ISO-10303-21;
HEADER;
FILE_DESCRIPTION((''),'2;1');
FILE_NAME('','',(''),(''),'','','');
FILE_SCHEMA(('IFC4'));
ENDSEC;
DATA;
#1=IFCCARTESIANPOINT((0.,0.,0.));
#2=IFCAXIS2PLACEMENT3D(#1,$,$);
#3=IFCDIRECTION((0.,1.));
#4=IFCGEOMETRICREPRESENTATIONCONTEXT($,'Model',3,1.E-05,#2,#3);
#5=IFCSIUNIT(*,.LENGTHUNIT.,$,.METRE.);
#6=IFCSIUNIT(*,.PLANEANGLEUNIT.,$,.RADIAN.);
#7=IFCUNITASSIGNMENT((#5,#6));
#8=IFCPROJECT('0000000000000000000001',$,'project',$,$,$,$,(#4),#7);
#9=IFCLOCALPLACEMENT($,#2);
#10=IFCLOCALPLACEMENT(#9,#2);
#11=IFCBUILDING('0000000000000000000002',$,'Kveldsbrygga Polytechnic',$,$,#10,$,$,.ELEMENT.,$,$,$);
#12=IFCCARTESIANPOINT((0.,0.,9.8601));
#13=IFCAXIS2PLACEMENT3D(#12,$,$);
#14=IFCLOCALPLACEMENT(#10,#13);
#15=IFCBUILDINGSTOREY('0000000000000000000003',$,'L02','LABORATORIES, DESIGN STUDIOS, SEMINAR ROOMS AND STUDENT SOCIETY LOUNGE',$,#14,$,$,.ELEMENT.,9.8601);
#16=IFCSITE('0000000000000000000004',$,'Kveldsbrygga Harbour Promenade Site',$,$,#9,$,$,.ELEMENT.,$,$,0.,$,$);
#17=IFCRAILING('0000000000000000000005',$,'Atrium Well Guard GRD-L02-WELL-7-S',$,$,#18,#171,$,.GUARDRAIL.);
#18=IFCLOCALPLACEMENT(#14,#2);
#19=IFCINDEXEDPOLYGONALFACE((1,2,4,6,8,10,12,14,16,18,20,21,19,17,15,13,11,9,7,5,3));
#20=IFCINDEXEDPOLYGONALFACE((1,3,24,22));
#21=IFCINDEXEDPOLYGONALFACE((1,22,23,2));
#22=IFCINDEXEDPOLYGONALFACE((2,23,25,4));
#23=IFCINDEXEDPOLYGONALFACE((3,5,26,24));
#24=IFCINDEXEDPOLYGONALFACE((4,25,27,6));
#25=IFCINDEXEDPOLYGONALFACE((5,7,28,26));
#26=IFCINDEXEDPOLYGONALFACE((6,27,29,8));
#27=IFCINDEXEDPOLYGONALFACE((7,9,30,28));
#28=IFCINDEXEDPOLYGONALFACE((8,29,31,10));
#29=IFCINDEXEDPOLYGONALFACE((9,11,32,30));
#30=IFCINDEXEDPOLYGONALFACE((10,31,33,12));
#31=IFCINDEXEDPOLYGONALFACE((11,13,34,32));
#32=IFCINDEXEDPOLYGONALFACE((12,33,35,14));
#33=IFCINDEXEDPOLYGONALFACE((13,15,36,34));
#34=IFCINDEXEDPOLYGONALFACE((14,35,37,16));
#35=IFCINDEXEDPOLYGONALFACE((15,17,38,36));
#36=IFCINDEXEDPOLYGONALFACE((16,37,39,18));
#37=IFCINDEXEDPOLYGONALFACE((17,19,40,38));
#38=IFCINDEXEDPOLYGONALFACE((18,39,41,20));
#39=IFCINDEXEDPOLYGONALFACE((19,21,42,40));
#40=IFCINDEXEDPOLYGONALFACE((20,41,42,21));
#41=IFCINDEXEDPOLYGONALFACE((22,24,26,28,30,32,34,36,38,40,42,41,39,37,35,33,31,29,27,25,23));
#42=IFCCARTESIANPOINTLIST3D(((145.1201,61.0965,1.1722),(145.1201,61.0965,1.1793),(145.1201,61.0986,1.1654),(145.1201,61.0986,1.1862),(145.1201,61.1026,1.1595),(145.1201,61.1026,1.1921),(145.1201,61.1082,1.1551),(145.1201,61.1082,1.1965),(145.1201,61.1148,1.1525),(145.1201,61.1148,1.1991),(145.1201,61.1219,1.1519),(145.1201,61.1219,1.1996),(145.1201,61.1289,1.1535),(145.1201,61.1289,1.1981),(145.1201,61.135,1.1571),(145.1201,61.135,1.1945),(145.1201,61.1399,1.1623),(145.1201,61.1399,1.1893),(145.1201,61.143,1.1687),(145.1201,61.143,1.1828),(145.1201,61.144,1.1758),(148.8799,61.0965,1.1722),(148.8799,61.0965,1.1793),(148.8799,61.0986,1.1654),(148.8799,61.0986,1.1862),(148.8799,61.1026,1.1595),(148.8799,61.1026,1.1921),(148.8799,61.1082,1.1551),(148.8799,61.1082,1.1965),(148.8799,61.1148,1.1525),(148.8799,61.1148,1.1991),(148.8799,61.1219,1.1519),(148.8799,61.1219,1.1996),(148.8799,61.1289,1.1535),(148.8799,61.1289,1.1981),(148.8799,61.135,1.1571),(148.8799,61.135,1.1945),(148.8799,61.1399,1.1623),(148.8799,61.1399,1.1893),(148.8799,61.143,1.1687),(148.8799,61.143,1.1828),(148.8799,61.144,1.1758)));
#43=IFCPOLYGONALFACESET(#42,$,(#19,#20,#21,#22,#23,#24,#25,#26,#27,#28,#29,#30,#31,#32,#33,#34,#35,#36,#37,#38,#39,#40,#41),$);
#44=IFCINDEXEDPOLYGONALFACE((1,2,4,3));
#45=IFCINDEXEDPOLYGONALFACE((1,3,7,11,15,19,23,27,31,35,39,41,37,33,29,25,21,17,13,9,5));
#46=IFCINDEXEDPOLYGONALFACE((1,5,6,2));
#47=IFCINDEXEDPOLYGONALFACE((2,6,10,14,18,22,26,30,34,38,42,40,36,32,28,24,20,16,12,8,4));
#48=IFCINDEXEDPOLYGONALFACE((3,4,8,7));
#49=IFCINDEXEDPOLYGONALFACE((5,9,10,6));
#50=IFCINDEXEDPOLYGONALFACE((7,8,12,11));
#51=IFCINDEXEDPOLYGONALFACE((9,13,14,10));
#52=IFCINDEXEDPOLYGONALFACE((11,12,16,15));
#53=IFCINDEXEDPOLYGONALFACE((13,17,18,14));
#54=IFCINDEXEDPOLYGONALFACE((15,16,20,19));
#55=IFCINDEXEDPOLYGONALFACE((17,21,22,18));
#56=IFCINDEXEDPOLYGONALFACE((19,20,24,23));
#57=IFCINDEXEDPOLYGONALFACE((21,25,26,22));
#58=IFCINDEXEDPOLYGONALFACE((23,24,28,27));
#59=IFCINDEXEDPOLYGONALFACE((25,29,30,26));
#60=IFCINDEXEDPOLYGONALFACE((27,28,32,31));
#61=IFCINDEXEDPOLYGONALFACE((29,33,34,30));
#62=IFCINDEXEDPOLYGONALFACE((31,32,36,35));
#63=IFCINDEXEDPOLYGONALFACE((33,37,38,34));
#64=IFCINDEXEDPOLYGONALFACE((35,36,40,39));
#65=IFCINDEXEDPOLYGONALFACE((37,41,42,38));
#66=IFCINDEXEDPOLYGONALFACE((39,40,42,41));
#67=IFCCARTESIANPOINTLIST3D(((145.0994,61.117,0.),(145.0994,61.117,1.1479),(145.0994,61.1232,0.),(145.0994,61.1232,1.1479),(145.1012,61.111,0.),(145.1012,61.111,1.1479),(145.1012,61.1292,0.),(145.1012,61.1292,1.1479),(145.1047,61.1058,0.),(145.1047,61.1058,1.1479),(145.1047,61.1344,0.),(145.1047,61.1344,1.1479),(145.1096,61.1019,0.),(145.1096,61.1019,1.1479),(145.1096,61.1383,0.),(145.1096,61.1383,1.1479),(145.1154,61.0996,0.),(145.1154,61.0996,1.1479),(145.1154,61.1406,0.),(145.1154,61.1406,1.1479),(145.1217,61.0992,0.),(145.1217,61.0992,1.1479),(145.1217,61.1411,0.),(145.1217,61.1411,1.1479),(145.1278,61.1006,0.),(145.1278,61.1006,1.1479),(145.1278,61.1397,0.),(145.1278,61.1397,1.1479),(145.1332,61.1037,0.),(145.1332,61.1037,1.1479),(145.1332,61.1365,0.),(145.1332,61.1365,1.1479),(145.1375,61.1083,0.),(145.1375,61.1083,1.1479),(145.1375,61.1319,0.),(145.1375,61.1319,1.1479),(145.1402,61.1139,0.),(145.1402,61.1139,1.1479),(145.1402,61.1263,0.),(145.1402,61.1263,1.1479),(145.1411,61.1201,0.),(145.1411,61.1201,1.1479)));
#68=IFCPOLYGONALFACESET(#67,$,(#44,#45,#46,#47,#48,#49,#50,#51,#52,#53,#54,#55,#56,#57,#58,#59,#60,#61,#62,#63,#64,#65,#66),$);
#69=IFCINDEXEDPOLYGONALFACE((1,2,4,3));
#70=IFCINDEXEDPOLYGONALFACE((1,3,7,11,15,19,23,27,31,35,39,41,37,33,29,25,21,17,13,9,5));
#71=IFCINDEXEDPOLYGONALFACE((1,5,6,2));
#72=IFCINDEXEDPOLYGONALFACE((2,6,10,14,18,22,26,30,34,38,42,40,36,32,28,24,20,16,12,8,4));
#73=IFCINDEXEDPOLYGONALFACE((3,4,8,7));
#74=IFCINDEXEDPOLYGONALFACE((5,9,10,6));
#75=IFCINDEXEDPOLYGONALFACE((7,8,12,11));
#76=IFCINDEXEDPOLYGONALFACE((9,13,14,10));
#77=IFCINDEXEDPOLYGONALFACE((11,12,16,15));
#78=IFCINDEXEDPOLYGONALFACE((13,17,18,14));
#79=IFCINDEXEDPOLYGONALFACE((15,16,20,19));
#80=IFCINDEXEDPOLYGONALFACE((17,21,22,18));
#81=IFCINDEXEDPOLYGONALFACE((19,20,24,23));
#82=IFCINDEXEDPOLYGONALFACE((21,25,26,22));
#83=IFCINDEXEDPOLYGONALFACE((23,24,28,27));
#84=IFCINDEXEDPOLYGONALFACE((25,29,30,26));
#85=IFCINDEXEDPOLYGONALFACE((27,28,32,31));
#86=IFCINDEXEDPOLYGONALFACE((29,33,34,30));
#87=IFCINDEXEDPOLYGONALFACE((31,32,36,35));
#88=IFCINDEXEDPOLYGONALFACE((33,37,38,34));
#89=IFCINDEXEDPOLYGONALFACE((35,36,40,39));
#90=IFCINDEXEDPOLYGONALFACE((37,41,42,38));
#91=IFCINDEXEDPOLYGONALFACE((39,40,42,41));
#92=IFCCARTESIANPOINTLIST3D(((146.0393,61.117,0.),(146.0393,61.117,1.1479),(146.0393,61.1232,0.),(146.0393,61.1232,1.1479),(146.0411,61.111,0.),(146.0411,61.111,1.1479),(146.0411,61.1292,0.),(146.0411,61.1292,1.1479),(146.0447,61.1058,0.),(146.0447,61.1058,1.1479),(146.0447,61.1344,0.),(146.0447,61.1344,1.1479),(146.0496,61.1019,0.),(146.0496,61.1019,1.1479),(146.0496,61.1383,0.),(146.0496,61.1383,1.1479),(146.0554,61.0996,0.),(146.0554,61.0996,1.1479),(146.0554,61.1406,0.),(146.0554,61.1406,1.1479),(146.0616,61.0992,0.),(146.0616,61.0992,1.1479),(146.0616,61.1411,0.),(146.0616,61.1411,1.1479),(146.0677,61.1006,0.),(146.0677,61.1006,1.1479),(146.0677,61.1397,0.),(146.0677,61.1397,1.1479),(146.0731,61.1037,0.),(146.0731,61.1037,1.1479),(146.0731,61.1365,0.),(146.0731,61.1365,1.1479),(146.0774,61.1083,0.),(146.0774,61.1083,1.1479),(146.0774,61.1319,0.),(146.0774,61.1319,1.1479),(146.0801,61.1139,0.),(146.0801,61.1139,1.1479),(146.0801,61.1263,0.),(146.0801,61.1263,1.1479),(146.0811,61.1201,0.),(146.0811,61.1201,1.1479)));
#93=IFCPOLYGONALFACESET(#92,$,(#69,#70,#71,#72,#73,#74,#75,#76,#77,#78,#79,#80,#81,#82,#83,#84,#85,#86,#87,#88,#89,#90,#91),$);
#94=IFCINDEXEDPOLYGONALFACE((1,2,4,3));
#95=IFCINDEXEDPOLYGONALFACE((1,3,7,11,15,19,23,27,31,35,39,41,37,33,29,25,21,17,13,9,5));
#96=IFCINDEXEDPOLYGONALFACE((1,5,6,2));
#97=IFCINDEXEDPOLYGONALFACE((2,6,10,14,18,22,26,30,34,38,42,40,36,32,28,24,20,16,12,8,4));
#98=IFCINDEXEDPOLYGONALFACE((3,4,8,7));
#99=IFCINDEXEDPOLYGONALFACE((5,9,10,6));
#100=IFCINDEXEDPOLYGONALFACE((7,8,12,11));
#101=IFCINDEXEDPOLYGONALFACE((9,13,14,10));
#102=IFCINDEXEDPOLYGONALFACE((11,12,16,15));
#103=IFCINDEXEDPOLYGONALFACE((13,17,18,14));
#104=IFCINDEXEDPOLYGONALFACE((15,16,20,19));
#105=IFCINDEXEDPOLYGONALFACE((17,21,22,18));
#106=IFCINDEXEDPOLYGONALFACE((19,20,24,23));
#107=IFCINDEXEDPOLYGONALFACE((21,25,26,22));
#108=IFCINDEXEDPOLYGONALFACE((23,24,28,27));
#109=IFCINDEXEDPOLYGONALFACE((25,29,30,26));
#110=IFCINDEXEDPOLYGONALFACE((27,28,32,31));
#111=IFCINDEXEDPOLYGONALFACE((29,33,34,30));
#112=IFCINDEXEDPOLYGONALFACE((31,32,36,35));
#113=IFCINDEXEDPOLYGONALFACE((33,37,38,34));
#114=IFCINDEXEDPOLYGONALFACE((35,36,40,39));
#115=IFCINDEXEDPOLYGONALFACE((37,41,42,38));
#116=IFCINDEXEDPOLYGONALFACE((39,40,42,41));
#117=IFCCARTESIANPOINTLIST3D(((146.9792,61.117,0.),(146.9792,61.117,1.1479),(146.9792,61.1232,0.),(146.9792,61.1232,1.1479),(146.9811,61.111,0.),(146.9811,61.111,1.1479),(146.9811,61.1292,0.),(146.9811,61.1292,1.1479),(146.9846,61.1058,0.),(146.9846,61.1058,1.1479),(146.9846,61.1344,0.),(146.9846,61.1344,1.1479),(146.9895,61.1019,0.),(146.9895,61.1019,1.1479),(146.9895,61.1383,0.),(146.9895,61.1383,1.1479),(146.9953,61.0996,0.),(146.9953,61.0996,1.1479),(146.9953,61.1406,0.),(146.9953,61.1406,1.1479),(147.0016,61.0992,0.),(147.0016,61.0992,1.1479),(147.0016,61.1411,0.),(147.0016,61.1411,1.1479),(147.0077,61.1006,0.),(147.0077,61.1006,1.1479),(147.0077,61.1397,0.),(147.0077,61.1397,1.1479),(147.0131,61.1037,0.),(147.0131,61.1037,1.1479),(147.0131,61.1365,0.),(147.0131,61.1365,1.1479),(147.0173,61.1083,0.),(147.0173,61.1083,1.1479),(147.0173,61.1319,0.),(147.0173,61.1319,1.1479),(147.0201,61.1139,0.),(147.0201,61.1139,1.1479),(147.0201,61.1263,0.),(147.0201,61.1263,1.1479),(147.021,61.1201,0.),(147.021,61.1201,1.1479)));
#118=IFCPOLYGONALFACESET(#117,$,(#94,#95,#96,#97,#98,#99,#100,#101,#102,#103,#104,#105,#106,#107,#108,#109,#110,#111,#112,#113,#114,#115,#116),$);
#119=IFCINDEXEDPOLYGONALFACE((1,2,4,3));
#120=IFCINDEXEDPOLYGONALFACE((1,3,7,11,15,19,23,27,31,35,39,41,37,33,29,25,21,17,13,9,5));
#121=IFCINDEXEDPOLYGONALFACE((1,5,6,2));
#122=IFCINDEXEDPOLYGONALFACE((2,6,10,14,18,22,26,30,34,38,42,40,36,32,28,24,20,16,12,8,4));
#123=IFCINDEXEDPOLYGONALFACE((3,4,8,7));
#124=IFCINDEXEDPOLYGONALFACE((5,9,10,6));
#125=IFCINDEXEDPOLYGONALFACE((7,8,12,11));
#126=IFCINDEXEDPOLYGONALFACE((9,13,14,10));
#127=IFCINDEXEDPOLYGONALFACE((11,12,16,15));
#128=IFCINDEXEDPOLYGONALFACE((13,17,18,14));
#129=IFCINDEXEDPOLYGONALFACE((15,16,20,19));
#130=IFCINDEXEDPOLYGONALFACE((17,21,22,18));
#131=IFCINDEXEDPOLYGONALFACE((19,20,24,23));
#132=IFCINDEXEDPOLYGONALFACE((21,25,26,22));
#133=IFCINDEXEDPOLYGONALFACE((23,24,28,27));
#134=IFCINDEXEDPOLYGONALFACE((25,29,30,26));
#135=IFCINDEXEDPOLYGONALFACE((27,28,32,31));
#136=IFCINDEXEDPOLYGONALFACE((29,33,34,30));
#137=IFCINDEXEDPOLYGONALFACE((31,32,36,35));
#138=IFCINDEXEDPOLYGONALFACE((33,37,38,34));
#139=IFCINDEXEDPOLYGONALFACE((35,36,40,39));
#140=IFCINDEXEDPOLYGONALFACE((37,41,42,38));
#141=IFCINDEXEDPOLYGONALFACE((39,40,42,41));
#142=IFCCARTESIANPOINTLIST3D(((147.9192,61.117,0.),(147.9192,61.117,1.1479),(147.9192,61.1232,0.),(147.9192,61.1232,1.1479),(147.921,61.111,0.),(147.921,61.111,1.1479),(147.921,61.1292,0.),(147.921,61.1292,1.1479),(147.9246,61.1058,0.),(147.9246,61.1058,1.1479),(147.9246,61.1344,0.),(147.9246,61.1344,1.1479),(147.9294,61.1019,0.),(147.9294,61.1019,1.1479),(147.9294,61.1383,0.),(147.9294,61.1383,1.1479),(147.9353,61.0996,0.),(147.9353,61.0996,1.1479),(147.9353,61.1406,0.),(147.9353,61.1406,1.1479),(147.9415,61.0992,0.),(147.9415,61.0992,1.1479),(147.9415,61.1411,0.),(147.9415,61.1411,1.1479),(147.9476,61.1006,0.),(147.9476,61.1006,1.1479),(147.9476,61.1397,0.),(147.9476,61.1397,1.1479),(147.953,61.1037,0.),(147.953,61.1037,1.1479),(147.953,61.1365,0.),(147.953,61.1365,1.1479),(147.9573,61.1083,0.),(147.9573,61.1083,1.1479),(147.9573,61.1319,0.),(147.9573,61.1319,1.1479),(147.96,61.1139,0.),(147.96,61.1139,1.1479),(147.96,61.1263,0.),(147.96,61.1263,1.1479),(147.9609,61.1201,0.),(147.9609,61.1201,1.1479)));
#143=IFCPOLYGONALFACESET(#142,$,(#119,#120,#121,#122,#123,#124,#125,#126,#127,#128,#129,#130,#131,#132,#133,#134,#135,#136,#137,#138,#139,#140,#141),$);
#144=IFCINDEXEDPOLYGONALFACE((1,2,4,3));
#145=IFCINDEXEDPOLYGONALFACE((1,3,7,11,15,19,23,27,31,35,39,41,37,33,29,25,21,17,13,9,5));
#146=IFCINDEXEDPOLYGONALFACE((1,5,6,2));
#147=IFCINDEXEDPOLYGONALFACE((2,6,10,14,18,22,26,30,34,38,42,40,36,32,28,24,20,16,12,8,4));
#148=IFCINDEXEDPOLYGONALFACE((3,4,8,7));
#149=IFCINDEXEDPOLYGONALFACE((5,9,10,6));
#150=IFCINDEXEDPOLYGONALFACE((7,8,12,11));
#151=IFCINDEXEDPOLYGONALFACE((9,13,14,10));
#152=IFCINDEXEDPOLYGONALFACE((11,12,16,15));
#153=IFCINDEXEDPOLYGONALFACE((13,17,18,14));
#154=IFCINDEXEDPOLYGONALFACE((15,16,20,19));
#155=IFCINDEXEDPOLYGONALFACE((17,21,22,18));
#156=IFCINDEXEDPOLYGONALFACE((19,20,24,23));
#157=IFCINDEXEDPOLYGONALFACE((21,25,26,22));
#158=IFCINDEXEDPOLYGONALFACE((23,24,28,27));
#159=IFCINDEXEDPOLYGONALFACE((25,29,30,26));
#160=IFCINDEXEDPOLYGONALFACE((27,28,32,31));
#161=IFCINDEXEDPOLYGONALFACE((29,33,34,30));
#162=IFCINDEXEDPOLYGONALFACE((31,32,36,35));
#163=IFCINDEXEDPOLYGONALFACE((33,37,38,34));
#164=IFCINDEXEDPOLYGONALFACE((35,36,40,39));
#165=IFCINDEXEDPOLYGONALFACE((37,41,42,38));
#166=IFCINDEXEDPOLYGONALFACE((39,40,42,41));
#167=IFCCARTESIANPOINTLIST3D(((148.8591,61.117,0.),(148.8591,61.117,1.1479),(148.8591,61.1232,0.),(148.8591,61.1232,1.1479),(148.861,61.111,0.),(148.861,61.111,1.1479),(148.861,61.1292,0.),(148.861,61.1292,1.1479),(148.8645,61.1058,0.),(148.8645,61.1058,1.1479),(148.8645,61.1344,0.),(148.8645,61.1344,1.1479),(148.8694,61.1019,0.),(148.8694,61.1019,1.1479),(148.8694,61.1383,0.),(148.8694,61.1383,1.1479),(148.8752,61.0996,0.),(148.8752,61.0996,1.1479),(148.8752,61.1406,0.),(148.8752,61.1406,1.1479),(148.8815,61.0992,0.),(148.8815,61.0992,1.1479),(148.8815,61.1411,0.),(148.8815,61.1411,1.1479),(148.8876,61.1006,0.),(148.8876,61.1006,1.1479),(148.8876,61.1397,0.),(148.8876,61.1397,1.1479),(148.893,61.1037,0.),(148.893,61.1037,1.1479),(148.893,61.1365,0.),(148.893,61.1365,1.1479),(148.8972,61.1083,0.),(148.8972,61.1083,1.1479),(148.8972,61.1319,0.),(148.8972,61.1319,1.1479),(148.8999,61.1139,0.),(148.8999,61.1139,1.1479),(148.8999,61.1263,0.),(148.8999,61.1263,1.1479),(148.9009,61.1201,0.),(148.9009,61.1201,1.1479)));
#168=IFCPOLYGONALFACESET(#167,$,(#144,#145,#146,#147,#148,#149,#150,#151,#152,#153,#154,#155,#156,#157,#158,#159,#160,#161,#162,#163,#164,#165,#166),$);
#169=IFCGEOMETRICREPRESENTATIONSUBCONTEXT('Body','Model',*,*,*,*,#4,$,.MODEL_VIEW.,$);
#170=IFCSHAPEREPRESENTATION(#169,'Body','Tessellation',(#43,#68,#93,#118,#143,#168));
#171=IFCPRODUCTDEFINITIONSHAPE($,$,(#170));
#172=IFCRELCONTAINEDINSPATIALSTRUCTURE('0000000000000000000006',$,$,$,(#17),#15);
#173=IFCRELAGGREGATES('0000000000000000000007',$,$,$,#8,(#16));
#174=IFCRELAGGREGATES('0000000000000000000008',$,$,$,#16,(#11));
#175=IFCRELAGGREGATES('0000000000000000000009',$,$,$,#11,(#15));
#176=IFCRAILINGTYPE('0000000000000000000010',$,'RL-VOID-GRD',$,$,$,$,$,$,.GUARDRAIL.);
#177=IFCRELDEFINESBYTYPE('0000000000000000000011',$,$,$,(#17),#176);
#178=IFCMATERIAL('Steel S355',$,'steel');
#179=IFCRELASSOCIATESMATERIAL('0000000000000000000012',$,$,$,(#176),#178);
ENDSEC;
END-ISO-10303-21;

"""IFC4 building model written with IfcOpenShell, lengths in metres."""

from ifc_helpers import new_model, si_unit, direction, frame, origin, origin_2d, place, context, subcontext, project, spatial, circle, extrude, material, type_object, element, save


model = new_model("IFC4")

# Units and contexts
model_context = context("Model", 3, precision=1e-05, world=origin(), true_north=direction((0.0, 1.0)))
body_context = subcontext(model_context, "Body", "Model", "MODEL_VIEW")
ifc_project = project(units=[si_unit("LENGTHUNIT", "METRE"), si_unit("PLANEANGLEUNIT", "RADIAN")], contexts=[model_context])

# Site, building, storey
site_placement = place(None, origin())
site = spatial("IfcSite", under=ifc_project, at=site_placement, Name="Kveldsbrygga Harbour Promenade Site", CompositionType="ELEMENT", RefElevation=0.0)
building_placement = place(site_placement, origin())
building = spatial("IfcBuilding", under=site, at=building_placement, Name="Kveldsbrygga Polytechnic", CompositionType="ELEMENT")
storey_placement = place(building_placement, frame((0.0, 0.0, 9.8601)))
storey = spatial("IfcBuildingStorey", under=building, at=storey_placement, Name="L02", Description="LABORATORIES, DESIGN STUDIOS, SEMINAR ROOMS AND STUDENT SOCIETY LOUNGE", CompositionType="ELEMENT", Elevation=9.8601)

# Shared definitions
ifc_material_1 = material(Name="Steel S355", Category="steel")

# Railing
railing_type = type_object("IfcRailingType", Name="RL-VOID-GRD", PredefinedType="GUARDRAIL", material=ifc_material_1)
railing_1_placement = place(storey_placement, frame((145.1201, 61.1201, 0.0)))
element("IfcRailing", 1, at=railing_1_placement, inside=storey, type_object=railing_type, Name="Atrium Well Guard GRD-L02-WELL-7-S", PredefinedType="GUARDRAIL", context=body_context, shape_type="SweptSolid", body=[
    extrude(circle(Radius=0.0239, at=origin_2d()), frame((0.0, 0.0, 1.1758), z_axis=(1.0, 0.0, 0.0), x_axis=(0.0, 1.0, 0.0)), (0.0, 0.0, 1.0), 3.7598),
    extrude(circle(Radius=0.021, at=origin_2d()), origin(), (0.0, 0.0, 1.0), 1.1479),
    extrude(circle(Radius=0.021, at=origin_2d()), frame((0.9399, 0.0, 0.0)), (0.0, 0.0, 1.0), 1.1479),
    extrude(circle(Radius=0.021, at=origin_2d()), frame((1.8799, 0.0, 0.0)), (0.0, 0.0, 1.0), 1.1479),
    extrude(circle(Radius=0.021, at=origin_2d()), frame((2.8198, 0.0, 0.0)), (0.0, 0.0, 1.0), 1.1479),
    extrude(circle(Radius=0.021, at=origin_2d()), frame((3.7598, 0.0, 0.0)), (0.0, 0.0, 1.0), 1.1479),
])

save(model, "model.ifc")
